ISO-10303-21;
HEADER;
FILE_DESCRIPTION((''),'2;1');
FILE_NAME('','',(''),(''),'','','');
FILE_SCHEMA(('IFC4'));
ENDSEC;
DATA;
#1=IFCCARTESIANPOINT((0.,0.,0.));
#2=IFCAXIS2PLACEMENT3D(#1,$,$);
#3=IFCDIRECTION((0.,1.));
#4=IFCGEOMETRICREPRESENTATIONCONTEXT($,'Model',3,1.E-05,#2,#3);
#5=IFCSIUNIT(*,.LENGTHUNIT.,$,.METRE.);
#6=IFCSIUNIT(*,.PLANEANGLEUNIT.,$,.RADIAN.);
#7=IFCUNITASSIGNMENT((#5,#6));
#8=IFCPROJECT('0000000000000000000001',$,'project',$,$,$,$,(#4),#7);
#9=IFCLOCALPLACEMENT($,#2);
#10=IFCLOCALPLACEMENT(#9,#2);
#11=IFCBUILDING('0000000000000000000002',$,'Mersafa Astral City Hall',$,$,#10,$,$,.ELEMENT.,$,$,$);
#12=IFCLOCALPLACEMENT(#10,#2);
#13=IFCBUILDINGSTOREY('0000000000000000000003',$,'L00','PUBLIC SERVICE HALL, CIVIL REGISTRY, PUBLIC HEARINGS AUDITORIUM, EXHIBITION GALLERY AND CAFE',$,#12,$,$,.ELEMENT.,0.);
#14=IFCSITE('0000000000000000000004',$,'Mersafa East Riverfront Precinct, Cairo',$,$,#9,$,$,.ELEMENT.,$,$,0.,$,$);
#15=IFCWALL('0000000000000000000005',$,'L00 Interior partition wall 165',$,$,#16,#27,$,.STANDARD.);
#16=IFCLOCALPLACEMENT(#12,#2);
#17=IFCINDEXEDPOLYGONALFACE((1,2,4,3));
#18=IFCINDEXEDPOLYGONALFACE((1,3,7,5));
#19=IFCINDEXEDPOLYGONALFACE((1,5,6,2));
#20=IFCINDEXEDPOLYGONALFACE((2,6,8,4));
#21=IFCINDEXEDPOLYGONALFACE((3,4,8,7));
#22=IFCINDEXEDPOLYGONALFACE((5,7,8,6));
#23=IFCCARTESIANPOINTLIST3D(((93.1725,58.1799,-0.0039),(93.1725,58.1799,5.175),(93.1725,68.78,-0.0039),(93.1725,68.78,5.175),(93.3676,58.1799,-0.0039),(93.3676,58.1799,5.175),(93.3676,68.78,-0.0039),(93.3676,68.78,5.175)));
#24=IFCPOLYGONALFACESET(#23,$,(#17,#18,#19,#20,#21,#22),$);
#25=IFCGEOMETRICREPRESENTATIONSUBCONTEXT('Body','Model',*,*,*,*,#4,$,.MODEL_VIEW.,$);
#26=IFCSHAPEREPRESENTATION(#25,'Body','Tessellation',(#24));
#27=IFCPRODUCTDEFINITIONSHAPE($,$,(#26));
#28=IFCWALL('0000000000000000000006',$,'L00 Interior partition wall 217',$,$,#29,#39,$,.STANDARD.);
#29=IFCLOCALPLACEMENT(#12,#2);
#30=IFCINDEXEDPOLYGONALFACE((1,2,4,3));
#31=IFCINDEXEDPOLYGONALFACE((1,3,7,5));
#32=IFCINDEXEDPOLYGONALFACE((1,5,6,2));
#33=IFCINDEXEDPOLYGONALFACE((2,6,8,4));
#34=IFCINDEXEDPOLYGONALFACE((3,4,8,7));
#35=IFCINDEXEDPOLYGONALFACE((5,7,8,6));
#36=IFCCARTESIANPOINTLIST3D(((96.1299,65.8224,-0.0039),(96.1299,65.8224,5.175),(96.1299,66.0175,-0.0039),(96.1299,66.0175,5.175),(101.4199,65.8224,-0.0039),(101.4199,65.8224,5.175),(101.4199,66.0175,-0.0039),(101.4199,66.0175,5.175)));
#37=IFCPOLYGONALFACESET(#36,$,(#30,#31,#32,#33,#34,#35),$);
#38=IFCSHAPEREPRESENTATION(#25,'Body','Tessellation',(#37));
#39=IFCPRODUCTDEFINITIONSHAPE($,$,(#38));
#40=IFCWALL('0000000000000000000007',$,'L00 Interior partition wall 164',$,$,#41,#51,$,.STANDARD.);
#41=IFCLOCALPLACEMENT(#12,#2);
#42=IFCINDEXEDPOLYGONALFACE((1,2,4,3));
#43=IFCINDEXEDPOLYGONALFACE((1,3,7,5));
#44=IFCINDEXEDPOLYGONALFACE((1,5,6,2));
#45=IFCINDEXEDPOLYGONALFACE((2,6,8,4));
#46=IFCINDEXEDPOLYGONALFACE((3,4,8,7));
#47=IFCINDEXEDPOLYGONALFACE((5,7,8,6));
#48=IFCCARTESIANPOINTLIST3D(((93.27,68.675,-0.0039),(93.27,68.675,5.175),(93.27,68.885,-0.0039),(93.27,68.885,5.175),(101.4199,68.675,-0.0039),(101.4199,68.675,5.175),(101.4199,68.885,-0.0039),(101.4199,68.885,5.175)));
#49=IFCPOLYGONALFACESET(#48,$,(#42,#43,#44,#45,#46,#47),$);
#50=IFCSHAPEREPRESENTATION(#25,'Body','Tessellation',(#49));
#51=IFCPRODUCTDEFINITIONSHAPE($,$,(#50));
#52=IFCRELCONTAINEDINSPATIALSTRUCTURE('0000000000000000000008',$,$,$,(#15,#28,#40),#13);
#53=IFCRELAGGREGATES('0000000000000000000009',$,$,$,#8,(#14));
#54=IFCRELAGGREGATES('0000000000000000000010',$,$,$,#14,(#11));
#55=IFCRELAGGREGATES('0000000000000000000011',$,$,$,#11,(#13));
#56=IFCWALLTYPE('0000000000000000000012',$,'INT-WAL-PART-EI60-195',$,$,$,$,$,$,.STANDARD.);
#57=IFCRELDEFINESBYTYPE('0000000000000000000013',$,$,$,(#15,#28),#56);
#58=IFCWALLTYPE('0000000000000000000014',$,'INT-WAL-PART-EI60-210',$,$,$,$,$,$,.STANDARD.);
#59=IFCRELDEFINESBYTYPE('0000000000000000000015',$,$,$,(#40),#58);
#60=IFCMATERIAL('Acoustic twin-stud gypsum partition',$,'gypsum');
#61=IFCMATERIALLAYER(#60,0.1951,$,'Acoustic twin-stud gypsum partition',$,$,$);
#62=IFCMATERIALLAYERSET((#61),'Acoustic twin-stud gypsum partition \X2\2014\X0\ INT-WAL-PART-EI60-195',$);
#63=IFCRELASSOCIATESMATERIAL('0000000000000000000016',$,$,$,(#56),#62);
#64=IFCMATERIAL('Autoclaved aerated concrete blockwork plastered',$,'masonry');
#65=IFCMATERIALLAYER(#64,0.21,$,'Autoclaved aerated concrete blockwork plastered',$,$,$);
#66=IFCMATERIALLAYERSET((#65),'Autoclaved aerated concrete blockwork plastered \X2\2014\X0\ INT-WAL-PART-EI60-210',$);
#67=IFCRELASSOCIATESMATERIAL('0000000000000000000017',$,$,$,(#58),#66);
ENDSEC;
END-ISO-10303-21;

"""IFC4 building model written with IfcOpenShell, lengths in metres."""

from ifc_helpers import new_model, si_unit, direction, frame, frame_2d, origin, place, context, subcontext, project, spatial, rectangle, extrude, material, layer, layer_set, type_object, element, save


model = new_model("IFC4")

# Units and contexts
model_context = context("Model", 3, precision=1e-05, world=origin(), true_north=direction((0.0, 1.0)))
body_context = subcontext(model_context, "Body", "Model", "MODEL_VIEW")
ifc_project = project(units=[si_unit("LENGTHUNIT", "METRE"), si_unit("PLANEANGLEUNIT", "RADIAN")], contexts=[model_context])

# Site, building, storey
site_placement = place(None, origin())
site = spatial("IfcSite", under=ifc_project, at=site_placement, Name="Mersafa East Riverfront Precinct, Cairo", CompositionType="ELEMENT", RefElevation=0.0)
building_placement = place(site_placement, origin())
building = spatial("IfcBuilding", under=site, at=building_placement, Name="Mersafa Astral City Hall", CompositionType="ELEMENT")
storey_placement = place(building_placement, origin())
storey = spatial("IfcBuildingStorey", under=building, at=storey_placement, Name="L00", Description="PUBLIC SERVICE HALL, CIVIL REGISTRY, PUBLIC HEARINGS AUDITORIUM, EXHIBITION GALLERY AND CAFE", CompositionType="ELEMENT", Elevation=0.0)

# Shared definitions
ifc_material_1 = material(Name="Acoustic twin-stud gypsum partition", Category="gypsum")

# Walls
ifc_layer_1 = layer(ifc_material_1, 0.1951, Name="Acoustic twin-stud gypsum partition")
ifc_layer_set_1 = layer_set([ifc_layer_1], Name="Acoustic twin-stud gypsum partition — INT-WAL-PART-EI60-195")
wall_type_1 = type_object("IfcWallType", Name="INT-WAL-PART-EI60-195", PredefinedType="STANDARD", material=ifc_layer_set_1)
wall_1_placement = place(storey_placement, frame((93.27, 68.78, -0.0039), z_axis=(0.0, 0.0, 1.0), x_axis=(0.0, -1.0, 0.0)))
element("IfcWall", 1, at=wall_1_placement, inside=storey, type_object=wall_type_1, Name="L00 Interior partition wall 165", PredefinedType="STANDARD", context=body_context, shape_type="SweptSolid", body=[
    extrude(rectangle(XDim=10.6001, YDim=0.1951, at=frame_2d((5.3, 0.0))), origin(), (0.0, 0.0, 1.0), 5.179),
])
wall_2_placement = place(storey_placement, frame((96.1299, 65.9199, -0.0039), z_axis=(0.0, 0.0, 1.0), x_axis=(1.0, 0.0, 0.0)))
element("IfcWall", 2, at=wall_2_placement, inside=storey, type_object=wall_type_1, Name="L00 Interior partition wall 217", PredefinedType="STANDARD", context=body_context, shape_type="SweptSolid", body=[
    extrude(rectangle(XDim=5.29, YDim=0.1951, at=frame_2d((2.645, 0.0))), origin(), (0.0, 0.0, 1.0), 5.179),
])
ifc_material_2 = material(Name="Autoclaved aerated concrete blockwork plastered", Category="masonry")
ifc_layer_2 = layer(ifc_material_2, 0.21, Name="Autoclaved aerated concrete blockwork plastered")
ifc_layer_set_2 = layer_set([ifc_layer_2], Name="Autoclaved aerated concrete blockwork plastered — INT-WAL-PART-EI60-210")
wall_type_2 = type_object("IfcWallType", Name="INT-WAL-PART-EI60-210", PredefinedType="STANDARD", material=ifc_layer_set_2)
wall_3_placement = place(storey_placement, frame((101.4199, 68.78, -0.0039), z_axis=(0.0, 0.0, 1.0), x_axis=(-1.0, 0.0, 0.0)))
element("IfcWall", 3, at=wall_3_placement, inside=storey, type_object=wall_type_2, Name="L00 Interior partition wall 164", PredefinedType="STANDARD", context=body_context, shape_type="SweptSolid", body=[
    extrude(rectangle(XDim=8.1499, YDim=0.21, at=frame_2d((4.075, 0.0))), origin(), (0.0, 0.0, 1.0), 5.179),
])

save(model, "model.ifc")
